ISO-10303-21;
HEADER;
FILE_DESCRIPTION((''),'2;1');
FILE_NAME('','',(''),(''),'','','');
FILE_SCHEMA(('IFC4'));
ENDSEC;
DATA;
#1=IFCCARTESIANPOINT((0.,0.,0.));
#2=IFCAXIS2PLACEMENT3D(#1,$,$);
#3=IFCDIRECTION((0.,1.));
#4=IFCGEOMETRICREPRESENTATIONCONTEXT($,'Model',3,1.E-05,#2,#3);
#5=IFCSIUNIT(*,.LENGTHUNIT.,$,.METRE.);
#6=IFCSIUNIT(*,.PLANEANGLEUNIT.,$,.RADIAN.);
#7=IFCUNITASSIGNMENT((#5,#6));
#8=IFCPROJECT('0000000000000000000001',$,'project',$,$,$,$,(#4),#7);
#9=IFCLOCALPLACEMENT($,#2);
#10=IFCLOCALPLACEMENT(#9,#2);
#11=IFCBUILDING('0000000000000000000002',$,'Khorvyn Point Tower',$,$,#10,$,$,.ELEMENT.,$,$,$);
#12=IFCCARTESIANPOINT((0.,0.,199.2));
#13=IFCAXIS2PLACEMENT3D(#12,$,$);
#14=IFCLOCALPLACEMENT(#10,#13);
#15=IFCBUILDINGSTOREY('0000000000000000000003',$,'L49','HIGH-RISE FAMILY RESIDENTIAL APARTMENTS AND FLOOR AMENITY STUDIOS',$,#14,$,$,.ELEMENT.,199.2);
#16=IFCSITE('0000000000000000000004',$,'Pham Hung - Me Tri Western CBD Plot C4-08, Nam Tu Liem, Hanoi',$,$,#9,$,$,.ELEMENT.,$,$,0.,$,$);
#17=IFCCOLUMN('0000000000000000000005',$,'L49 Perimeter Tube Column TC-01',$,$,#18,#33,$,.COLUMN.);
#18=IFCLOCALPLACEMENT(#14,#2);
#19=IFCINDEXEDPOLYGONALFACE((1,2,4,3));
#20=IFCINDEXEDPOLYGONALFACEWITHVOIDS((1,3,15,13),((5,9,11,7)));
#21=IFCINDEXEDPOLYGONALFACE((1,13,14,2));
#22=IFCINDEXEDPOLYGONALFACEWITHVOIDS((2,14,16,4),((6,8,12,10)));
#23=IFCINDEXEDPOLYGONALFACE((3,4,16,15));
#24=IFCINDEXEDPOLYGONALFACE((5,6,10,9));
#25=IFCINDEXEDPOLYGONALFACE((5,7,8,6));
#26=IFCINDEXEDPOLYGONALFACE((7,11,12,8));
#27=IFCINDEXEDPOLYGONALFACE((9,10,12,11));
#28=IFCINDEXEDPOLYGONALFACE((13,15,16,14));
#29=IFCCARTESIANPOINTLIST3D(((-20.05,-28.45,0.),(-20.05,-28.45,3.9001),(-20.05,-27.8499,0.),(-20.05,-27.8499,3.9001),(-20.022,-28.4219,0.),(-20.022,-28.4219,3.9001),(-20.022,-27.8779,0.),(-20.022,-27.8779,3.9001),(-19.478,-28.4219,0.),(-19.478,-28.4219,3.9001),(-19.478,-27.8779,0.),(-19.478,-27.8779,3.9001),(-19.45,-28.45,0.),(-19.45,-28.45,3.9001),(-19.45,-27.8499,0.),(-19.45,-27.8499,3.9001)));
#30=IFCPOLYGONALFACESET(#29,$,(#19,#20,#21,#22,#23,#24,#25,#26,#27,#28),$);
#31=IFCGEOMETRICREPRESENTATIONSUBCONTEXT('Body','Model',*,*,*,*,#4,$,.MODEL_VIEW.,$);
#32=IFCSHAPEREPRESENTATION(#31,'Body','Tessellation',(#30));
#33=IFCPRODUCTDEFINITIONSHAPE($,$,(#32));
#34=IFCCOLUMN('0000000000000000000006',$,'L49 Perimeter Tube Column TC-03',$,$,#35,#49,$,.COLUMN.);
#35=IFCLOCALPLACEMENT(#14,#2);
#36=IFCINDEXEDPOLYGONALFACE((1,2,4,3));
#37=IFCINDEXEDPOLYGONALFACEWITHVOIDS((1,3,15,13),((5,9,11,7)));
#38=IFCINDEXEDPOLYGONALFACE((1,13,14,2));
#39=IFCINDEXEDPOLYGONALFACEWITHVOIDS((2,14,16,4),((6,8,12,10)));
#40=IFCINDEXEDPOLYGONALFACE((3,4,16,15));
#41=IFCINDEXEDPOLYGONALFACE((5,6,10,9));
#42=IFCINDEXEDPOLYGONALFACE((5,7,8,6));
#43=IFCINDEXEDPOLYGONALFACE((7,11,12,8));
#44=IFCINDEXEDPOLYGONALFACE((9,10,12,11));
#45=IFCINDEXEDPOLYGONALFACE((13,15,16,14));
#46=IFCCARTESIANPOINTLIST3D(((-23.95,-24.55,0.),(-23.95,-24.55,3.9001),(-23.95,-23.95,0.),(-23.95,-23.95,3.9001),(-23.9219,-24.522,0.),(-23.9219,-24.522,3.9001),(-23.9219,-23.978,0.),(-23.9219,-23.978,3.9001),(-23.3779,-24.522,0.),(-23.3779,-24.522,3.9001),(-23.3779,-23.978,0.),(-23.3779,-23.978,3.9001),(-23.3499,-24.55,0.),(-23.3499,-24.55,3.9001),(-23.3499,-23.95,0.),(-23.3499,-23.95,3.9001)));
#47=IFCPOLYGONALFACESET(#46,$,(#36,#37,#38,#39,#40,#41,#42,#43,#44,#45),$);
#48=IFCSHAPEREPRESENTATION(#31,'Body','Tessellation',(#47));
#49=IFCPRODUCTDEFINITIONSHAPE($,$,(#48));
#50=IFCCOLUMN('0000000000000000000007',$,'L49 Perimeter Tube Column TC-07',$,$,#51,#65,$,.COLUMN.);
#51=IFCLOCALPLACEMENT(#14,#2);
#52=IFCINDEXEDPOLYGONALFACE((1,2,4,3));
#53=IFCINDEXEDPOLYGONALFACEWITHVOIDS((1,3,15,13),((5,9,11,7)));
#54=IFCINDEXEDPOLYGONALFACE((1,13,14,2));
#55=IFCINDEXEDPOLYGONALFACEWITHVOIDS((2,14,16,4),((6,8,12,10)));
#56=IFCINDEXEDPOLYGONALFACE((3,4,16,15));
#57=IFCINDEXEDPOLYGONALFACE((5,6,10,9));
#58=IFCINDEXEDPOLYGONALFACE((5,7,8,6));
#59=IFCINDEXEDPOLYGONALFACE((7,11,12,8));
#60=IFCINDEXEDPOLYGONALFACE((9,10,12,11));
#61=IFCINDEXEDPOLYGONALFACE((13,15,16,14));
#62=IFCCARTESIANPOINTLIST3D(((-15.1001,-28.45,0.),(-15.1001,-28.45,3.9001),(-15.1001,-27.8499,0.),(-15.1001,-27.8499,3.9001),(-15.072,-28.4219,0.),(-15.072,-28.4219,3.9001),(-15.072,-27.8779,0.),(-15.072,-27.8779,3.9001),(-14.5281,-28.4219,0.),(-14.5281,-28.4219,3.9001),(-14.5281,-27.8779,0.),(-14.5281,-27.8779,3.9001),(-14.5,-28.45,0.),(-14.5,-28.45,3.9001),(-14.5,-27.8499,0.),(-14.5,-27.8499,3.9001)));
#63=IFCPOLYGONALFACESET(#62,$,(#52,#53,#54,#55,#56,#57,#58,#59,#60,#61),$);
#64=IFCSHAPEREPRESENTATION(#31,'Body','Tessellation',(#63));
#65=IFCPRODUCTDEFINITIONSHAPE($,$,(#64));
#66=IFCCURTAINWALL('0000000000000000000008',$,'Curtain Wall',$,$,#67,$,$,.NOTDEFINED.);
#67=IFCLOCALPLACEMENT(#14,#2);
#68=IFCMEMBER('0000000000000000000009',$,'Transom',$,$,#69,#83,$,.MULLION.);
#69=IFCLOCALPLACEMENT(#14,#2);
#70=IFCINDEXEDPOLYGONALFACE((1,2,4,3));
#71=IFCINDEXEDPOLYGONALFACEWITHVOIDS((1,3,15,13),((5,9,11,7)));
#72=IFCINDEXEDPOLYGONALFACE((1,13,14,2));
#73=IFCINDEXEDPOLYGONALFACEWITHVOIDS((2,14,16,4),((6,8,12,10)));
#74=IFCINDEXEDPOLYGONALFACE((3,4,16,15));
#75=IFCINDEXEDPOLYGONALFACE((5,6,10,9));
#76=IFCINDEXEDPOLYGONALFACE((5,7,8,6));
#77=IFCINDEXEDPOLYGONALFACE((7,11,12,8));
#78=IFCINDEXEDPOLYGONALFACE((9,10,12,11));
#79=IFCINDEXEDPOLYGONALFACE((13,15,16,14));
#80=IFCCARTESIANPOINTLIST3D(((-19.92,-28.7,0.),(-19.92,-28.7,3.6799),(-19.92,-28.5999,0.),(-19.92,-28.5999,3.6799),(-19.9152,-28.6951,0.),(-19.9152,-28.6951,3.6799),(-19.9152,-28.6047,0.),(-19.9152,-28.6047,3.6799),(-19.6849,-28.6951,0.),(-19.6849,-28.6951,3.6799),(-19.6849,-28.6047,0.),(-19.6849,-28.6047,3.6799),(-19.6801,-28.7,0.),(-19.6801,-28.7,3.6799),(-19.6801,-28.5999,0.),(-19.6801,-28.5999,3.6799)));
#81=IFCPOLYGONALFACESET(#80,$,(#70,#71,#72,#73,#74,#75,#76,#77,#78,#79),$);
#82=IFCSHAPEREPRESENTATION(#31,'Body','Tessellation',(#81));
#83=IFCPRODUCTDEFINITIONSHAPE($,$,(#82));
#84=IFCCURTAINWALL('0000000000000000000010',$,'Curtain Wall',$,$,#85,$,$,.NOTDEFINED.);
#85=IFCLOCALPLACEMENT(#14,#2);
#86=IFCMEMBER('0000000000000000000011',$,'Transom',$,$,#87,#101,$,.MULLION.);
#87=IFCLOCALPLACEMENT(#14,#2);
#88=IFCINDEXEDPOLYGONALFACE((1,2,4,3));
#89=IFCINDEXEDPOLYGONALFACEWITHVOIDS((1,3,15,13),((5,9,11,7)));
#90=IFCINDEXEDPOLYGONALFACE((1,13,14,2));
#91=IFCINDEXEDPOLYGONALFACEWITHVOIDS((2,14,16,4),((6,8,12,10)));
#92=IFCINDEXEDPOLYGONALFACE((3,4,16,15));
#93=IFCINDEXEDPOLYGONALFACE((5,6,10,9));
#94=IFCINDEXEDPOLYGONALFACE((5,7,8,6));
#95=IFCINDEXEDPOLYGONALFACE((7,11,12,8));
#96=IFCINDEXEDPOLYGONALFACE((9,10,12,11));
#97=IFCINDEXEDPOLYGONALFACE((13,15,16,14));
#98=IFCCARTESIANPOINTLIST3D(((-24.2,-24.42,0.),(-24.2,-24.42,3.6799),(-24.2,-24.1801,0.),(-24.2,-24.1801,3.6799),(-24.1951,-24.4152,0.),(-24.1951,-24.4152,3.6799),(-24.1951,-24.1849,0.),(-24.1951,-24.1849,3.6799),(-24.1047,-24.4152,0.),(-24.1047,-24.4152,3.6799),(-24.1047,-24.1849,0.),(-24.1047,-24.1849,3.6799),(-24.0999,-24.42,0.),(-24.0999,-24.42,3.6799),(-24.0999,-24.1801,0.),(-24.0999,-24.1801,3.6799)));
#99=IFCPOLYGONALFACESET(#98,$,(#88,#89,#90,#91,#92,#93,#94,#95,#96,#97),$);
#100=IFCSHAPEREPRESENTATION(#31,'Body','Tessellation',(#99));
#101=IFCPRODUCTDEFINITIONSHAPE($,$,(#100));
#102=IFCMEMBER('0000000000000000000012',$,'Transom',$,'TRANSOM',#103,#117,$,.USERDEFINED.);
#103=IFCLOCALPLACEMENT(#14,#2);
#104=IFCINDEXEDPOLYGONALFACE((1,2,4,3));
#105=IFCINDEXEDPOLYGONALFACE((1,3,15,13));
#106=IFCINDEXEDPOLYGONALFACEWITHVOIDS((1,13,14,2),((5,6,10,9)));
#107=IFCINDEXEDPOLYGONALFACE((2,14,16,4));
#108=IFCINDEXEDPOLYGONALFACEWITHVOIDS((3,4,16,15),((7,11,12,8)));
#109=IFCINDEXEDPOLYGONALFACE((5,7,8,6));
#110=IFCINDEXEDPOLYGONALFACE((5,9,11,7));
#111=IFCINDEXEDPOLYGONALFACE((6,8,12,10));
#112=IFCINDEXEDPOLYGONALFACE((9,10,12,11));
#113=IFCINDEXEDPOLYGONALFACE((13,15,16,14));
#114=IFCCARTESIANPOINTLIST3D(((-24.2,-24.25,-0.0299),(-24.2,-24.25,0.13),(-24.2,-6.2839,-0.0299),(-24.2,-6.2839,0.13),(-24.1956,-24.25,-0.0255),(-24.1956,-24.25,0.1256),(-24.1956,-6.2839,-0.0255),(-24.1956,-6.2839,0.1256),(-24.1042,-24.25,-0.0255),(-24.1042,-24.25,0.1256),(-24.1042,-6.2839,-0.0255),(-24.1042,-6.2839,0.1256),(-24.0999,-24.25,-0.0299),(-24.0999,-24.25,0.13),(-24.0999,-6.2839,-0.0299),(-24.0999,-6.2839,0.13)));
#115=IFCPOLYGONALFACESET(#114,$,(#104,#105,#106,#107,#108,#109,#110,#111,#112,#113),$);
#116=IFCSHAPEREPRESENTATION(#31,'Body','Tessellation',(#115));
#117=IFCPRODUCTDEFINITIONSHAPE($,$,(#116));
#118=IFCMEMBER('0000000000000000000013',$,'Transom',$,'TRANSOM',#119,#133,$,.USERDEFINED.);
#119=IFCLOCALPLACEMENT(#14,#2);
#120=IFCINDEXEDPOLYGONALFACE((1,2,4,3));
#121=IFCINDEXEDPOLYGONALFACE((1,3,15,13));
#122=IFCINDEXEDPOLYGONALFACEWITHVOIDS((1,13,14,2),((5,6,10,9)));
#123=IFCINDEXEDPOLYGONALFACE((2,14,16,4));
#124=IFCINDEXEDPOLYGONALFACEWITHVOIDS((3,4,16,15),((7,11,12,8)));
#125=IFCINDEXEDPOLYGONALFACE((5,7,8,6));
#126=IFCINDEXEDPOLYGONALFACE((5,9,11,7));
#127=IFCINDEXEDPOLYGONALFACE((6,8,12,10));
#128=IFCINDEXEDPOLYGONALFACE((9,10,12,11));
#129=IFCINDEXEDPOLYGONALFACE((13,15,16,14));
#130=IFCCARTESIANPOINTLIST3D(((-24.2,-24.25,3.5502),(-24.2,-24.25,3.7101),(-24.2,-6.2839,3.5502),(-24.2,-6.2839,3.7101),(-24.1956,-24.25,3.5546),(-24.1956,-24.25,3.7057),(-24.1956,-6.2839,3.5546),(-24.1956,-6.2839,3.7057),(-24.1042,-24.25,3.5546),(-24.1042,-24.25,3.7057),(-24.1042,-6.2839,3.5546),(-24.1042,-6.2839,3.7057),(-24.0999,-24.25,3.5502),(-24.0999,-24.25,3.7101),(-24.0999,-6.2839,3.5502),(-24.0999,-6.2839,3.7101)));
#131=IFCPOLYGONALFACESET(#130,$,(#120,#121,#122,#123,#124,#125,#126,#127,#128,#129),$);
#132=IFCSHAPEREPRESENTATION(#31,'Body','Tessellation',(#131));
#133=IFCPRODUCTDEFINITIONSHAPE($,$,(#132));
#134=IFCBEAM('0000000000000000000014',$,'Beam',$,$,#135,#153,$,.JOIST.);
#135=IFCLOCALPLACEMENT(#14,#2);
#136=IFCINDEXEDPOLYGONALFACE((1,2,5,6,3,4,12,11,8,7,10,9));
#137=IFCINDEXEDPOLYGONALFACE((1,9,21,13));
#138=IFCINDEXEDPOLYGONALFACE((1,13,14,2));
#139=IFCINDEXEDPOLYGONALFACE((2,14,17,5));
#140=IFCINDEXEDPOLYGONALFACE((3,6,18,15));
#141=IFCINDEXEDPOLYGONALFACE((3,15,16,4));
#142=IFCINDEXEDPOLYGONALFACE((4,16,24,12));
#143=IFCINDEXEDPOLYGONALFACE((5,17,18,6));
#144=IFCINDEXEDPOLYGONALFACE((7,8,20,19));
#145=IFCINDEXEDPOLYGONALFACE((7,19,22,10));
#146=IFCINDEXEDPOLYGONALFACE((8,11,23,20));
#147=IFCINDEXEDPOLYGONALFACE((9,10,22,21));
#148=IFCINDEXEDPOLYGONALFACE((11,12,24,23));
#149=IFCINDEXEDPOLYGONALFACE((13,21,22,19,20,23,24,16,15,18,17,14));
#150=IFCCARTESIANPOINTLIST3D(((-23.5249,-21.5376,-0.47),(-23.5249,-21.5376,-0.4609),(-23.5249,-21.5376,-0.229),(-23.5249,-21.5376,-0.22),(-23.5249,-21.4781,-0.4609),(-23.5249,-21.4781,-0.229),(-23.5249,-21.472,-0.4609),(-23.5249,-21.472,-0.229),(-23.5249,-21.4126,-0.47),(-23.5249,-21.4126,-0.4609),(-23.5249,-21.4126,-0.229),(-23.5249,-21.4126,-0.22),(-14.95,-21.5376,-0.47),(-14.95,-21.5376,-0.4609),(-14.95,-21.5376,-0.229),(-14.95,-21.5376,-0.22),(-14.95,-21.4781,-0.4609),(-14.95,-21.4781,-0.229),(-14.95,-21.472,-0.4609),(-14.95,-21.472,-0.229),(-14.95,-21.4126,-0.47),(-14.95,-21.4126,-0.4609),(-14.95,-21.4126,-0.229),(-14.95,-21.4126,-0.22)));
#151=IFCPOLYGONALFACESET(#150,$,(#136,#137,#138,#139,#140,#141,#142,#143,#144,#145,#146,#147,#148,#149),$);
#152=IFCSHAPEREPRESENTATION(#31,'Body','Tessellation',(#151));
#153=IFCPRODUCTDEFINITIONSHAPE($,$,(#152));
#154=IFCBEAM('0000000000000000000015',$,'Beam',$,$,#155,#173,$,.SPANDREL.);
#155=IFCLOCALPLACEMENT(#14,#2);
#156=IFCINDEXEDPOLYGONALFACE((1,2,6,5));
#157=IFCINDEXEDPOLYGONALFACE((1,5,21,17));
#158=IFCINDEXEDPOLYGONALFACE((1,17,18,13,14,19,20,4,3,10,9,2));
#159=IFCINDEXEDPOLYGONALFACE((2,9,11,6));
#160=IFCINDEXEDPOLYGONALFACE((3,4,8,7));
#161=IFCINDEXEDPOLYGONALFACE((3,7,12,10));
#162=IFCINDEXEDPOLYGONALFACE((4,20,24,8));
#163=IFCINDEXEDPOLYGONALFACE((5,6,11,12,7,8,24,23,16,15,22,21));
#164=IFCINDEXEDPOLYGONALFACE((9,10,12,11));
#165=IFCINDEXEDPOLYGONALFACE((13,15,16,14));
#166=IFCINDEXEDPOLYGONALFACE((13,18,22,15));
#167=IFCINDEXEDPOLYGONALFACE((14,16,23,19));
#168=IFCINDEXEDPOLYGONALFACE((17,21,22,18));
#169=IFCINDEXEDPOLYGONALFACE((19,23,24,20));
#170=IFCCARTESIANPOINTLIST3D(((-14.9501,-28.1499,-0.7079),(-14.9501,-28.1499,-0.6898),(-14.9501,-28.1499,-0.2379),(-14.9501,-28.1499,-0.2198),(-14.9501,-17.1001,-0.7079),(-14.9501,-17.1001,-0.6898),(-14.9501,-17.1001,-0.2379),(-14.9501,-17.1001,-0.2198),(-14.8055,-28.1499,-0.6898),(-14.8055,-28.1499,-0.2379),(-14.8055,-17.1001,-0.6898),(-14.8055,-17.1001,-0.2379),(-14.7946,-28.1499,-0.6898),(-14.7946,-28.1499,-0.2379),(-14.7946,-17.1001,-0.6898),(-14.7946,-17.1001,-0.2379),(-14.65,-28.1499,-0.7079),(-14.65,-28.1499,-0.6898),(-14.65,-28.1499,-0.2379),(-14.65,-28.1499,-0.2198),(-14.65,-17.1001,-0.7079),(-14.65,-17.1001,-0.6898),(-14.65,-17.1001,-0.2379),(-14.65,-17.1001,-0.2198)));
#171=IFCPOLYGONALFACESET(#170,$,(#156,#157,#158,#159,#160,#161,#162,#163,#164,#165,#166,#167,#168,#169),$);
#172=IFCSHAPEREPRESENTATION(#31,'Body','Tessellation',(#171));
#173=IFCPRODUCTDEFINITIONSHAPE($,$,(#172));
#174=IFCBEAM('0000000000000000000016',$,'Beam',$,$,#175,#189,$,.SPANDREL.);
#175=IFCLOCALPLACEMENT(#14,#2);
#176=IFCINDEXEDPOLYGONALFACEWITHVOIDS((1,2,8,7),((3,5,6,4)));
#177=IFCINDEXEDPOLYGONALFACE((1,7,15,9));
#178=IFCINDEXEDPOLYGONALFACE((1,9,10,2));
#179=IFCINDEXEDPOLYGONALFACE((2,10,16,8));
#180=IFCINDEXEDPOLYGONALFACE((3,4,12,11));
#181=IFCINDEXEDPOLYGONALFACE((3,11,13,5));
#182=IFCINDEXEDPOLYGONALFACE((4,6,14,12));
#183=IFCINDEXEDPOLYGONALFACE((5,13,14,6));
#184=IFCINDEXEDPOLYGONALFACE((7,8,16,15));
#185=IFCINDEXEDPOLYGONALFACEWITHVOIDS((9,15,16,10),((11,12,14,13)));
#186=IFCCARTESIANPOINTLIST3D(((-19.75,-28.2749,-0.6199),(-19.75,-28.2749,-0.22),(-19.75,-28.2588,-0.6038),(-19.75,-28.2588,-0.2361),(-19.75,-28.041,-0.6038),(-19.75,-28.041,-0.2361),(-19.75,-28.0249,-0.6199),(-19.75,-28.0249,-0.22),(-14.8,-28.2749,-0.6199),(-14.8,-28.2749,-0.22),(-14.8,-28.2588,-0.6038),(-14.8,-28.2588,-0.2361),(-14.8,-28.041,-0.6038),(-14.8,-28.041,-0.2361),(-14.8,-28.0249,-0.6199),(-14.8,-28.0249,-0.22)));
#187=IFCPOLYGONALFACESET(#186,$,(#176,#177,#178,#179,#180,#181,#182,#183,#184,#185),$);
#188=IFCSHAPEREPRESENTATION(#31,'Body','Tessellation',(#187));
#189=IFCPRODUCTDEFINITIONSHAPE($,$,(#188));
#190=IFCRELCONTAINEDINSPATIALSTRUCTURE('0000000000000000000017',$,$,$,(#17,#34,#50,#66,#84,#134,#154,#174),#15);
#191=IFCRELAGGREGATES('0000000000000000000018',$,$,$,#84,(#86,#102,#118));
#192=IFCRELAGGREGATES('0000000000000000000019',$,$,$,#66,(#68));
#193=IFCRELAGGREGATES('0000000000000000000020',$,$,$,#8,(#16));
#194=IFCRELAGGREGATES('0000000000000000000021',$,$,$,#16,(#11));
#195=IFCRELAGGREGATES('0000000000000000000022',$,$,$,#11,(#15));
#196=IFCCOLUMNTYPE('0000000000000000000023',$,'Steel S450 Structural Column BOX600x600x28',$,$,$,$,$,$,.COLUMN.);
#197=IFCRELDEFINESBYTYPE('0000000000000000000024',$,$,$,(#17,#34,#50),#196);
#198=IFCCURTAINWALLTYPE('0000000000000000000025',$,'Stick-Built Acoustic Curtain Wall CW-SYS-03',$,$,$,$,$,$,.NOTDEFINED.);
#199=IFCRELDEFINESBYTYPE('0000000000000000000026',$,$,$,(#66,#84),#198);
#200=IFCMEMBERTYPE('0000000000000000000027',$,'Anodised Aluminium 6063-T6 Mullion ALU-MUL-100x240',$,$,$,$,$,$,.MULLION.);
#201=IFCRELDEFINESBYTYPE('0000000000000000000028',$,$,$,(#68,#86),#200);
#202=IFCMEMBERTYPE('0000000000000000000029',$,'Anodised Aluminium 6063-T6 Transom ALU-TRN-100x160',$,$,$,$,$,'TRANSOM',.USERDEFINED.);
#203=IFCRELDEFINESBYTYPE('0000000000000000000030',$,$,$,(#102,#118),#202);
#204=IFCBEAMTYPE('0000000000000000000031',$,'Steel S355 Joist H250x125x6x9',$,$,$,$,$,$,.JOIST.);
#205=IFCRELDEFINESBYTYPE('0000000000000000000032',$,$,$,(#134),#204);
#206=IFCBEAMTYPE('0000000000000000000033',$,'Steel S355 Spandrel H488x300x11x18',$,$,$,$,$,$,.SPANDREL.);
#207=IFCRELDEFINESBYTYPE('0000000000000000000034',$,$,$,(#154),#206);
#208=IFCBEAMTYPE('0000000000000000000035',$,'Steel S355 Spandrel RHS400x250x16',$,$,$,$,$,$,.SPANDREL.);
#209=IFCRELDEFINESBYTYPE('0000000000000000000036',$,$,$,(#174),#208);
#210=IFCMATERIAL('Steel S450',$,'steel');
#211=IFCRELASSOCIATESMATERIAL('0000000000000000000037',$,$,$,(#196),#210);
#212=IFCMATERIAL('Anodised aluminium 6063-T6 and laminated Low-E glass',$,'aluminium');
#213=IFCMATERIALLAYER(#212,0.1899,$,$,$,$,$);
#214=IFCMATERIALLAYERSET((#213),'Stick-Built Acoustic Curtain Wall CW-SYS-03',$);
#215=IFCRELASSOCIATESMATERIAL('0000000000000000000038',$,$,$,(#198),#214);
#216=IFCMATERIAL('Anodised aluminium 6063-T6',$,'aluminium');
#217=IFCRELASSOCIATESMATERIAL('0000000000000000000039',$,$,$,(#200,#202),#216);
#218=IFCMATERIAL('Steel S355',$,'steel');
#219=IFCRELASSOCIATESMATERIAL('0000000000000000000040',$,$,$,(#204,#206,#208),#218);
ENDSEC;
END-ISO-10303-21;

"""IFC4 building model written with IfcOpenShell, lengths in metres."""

from ifc_helpers import new_model, si_unit, direction, frame, origin, origin_2d, place, context, subcontext, project, spatial, hollow_rectangle, i_section, extrude, material, layer, layer_set, material_profile, profile_set, type_object, element, aggregate, save


model = new_model("IFC4")

# Units and contexts
model_context = context("Model", 3, precision=1e-05, world=origin(), true_north=direction((0.0, 1.0)))
body_context = subcontext(model_context, "Body", "Model", "MODEL_VIEW")
ifc_project = project(units=[si_unit("LENGTHUNIT", "METRE"), si_unit("PLANEANGLEUNIT", "RADIAN")], contexts=[model_context])

# Site, building, storey
site_placement = place(None, origin())
site = spatial("IfcSite", under=ifc_project, at=site_placement, Name="Pham Hung - Me Tri Western CBD Plot C4-08, Nam Tu Liem, Hanoi", CompositionType="ELEMENT", RefElevation=0.0)
building_placement = place(site_placement, origin())
building = spatial("IfcBuilding", under=site, at=building_placement, Name="Khorvyn Point Tower", CompositionType="ELEMENT")
storey_placement = place(building_placement, frame((0.0, 0.0, 199.2)))
storey = spatial("IfcBuildingStorey", under=building, at=storey_placement, Name="L49", Description="HIGH-RISE FAMILY RESIDENTIAL APARTMENTS AND FLOOR AMENITY STUDIOS", CompositionType="ELEMENT", Elevation=199.2)

# Columns
ifc_material_1 = material(Name="Steel S450", Category="steel")
ifc_material_profile_1 = material_profile(ifc_material_1, hollow_rectangle(XDim=0.6001, YDim=0.6001, WallThickness=0.0281, at=origin_2d()))
ifc_profile_set_1 = profile_set([ifc_material_profile_1], Name="Steel S450 BOX600x600x28")
column_type = type_object("IfcColumnType", Name="Steel S450 Structural Column BOX600x600x28", PredefinedType="COLUMN", material=ifc_profile_set_1)
for number, where, z_axis, x_axis, name in (
    (1, (-19.75, -28.1499, 0.0), (0.0, 0.0, 1.0), (1.0, 0.0, 0.0), "L49 Perimeter Tube Column TC-01"),
    (2, (-23.6499, -24.25, 0.0), (0.0, 0.0, 1.0), (1.0, 0.0, 0.0), "L49 Perimeter Tube Column TC-03"),
    (3, (-14.8, -28.1499, 0.0), (0.0, 0.0, 1.0), (1.0, 0.0, 0.0), "L49 Perimeter Tube Column TC-07"),
):
    element("IfcColumn", number, at=place(storey_placement, frame(where, z_axis=z_axis, x_axis=x_axis)), inside=storey, type_object=column_type, Name=name, PredefinedType="COLUMN", context=body_context, shape_type="SweptSolid", body=[
        extrude(hollow_rectangle(XDim=0.6001, YDim=0.6001, WallThickness=0.0281, at=origin_2d()), origin(), (0.0, 0.0, 1.0), 3.9001),
    ])

# Curtain wall, member
ifc_material_2 = material(Name="Anodised aluminium 6063-T6 and laminated Low-E glass", Category="aluminium")
ifc_layer_1 = layer(ifc_material_2, 0.1899)
ifc_layer_set_1 = layer_set([ifc_layer_1], Name="Stick-Built Acoustic Curtain Wall CW-SYS-03")
curtain_wall_type = type_object("IfcCurtainWallType", Name="Stick-Built Acoustic Curtain Wall CW-SYS-03", PredefinedType="NOTDEFINED", material=ifc_layer_set_1)
curtain_wall_1_placement = place(storey_placement, origin())
curtain_wall_1 = element("IfcCurtainWall", 4, at=curtain_wall_1_placement, inside=storey, type_object=curtain_wall_type, Name="Curtain Wall", PredefinedType="NOTDEFINED")
ifc_material_3 = material(Name="Anodised aluminium 6063-T6", Category="aluminium")
ifc_material_profile_2 = material_profile(ifc_material_3, hollow_rectangle(XDim=0.1001, YDim=0.24, WallThickness=0.0049, at=origin_2d()))
ifc_profile_set_2 = profile_set([ifc_material_profile_2], Name="Anodised aluminium 6063-T6 ALU-MUL-100x240")
member_type_1 = type_object("IfcMemberType", Name="Anodised Aluminium 6063-T6 Mullion ALU-MUL-100x240", PredefinedType="MULLION", material=ifc_profile_set_2)
member_1_placement = place(storey_placement, frame((-19.8, -28.6499, 0.0), z_axis=(0.0, 0.0, 1.0), x_axis=(0.0, -1.0, 0.0)))
member_1 = element("IfcMember", 5, at=member_1_placement, type_object=member_type_1, Name="Transom", PredefinedType="MULLION", context=body_context, shape_type="SweptSolid", body=[
    extrude(hollow_rectangle(XDim=0.1001, YDim=0.24, WallThickness=0.0049, at=origin_2d()), origin(), (0.0, 0.0, 1.0), 3.6799),
])

# Curtain wall, members
curtain_wall_2_placement = place(storey_placement, origin())
curtain_wall_2 = element("IfcCurtainWall", 6, at=curtain_wall_2_placement, inside=storey, type_object=curtain_wall_type, Name="Curtain Wall", PredefinedType="NOTDEFINED")
member_2_placement = place(storey_placement, frame((-24.1499, -24.3, 0.0), z_axis=(0.0, 0.0, 1.0), x_axis=(-1.0, 0.0, 0.0)))
member_2 = element("IfcMember", 7, at=member_2_placement, type_object=member_type_1, Name="Transom", PredefinedType="MULLION", context=body_context, shape_type="SweptSolid", body=[
    extrude(hollow_rectangle(XDim=0.1001, YDim=0.24, WallThickness=0.0049, at=origin_2d()), origin(), (0.0, 0.0, 1.0), 3.6799),
])
ifc_material_profile_3 = material_profile(ifc_material_3, hollow_rectangle(XDim=0.1001, YDim=0.1599, WallThickness=0.0044, at=origin_2d()))
ifc_profile_set_3 = profile_set([ifc_material_profile_3], Name="Anodised aluminium 6063-T6 ALU-TRN-100x160")
member_type_2 = type_object("IfcMemberType", Name="Anodised Aluminium 6063-T6 Transom ALU-TRN-100x160", ElementType="TRANSOM", PredefinedType="USERDEFINED", material=ifc_profile_set_3)
member_3_placement = place(storey_placement, frame((-24.1499, -24.25, 0.05), z_axis=(0.0, 1.0, 0.0), x_axis=(-1.0, 0.0, 0.0)))
member_3 = element("IfcMember", 8, at=member_3_placement, type_object=member_type_2, Name="Transom", ObjectType="TRANSOM", PredefinedType="USERDEFINED", context=body_context, shape_type="SweptSolid", body=[
    extrude(hollow_rectangle(XDim=0.1001, YDim=0.1599, WallThickness=0.0044, at=origin_2d()), origin(), (0.0, 0.0, 1.0), 17.9661),
])
member_4_placement = place(storey_placement, frame((-24.1499, -24.25, 3.6301), z_axis=(0.0, 1.0, 0.0), x_axis=(-1.0, 0.0, 0.0)))
member_4 = element("IfcMember", 9, at=member_4_placement, type_object=member_type_2, Name="Transom", ObjectType="TRANSOM", PredefinedType="USERDEFINED", context=body_context, shape_type="SweptSolid", body=[
    extrude(hollow_rectangle(XDim=0.1001, YDim=0.1599, WallThickness=0.0044, at=origin_2d()), origin(), (0.0, 0.0, 1.0), 17.9661),
])
aggregate(curtain_wall_2, [member_2, member_3, member_4])

# Beams
ifc_material_4 = material(Name="Steel S355", Category="steel")
ifc_material_profile_4 = material_profile(ifc_material_4, i_section(OverallWidth=0.125, OverallDepth=0.25, WebThickness=0.0061, FlangeThickness=0.009, at=origin_2d()))
ifc_profile_set_4 = profile_set([ifc_material_profile_4], Name="Steel S355 H250x125x6x9")
beam_type_1 = type_object("IfcBeamType", Name="Steel S355 Joist H250x125x6x9", PredefinedType="JOIST", material=ifc_profile_set_4)
beam_1_placement = place(storey_placement, frame((-23.5249, -21.4751, -0.345), z_axis=(1.0, 0.0, 0.0), x_axis=(0.0, 1.0, 0.0)))
element("IfcBeam", 10, at=beam_1_placement, inside=storey, type_object=beam_type_1, Name="Beam", PredefinedType="JOIST", context=body_context, shape_type="SweptSolid", body=[
    extrude(i_section(OverallWidth=0.125, OverallDepth=0.25, WebThickness=0.0061, FlangeThickness=0.009, at=origin_2d()), origin(), (0.0, 0.0, 1.0), 8.575),
])
ifc_material_profile_5 = material_profile(ifc_material_4, i_section(OverallWidth=0.3, OverallDepth=0.488, WebThickness=0.011, FlangeThickness=0.0181, at=origin_2d()))
ifc_profile_set_5 = profile_set([ifc_material_profile_5], Name="Steel S355 H488x300x11x18")
beam_type_2 = type_object("IfcBeamType", Name="Steel S355 Spandrel H488x300x11x18", PredefinedType="SPANDREL", material=ifc_profile_set_5)
beam_2_placement = place(storey_placement, frame((-14.8, -28.1499, -0.4639), z_axis=(0.0, 1.0, 0.0), x_axis=(-1.0, 0.0, 0.0)))
element("IfcBeam", 11, at=beam_2_placement, inside=storey, type_object=beam_type_2, Name="Beam", PredefinedType="SPANDREL", context=body_context, shape_type="SweptSolid", body=[
    extrude(i_section(OverallWidth=0.3, OverallDepth=0.488, WebThickness=0.011, FlangeThickness=0.0181, at=origin_2d()), origin(), (0.0, 0.0, 1.0), 11.0498),
])
ifc_material_profile_6 = material_profile(ifc_material_4, hollow_rectangle(XDim=0.25, YDim=0.3999, WallThickness=0.0161, at=origin_2d()))
ifc_profile_set_6 = profile_set([ifc_material_profile_6], Name="Steel S355 RHS400x250x16")
beam_type_3 = type_object("IfcBeamType", Name="Steel S355 Spandrel RHS400x250x16", PredefinedType="SPANDREL", material=ifc_profile_set_6)
beam_3_placement = place(storey_placement, frame((-19.75, -28.1499, -0.4199), z_axis=(1.0, 0.0, 0.0), x_axis=(0.0, 1.0, 0.0)))
element("IfcBeam", 12, at=beam_3_placement, inside=storey, type_object=beam_type_3, Name="Beam", PredefinedType="SPANDREL", context=body_context, shape_type="SweptSolid", body=[
    extrude(hollow_rectangle(XDim=0.25, YDim=0.3999, WallThickness=0.0161, at=origin_2d()), origin(), (0.0, 0.0, 1.0), 4.95),
])

aggregate(curtain_wall_1, [member_1])

save(model, "model.ifc")
